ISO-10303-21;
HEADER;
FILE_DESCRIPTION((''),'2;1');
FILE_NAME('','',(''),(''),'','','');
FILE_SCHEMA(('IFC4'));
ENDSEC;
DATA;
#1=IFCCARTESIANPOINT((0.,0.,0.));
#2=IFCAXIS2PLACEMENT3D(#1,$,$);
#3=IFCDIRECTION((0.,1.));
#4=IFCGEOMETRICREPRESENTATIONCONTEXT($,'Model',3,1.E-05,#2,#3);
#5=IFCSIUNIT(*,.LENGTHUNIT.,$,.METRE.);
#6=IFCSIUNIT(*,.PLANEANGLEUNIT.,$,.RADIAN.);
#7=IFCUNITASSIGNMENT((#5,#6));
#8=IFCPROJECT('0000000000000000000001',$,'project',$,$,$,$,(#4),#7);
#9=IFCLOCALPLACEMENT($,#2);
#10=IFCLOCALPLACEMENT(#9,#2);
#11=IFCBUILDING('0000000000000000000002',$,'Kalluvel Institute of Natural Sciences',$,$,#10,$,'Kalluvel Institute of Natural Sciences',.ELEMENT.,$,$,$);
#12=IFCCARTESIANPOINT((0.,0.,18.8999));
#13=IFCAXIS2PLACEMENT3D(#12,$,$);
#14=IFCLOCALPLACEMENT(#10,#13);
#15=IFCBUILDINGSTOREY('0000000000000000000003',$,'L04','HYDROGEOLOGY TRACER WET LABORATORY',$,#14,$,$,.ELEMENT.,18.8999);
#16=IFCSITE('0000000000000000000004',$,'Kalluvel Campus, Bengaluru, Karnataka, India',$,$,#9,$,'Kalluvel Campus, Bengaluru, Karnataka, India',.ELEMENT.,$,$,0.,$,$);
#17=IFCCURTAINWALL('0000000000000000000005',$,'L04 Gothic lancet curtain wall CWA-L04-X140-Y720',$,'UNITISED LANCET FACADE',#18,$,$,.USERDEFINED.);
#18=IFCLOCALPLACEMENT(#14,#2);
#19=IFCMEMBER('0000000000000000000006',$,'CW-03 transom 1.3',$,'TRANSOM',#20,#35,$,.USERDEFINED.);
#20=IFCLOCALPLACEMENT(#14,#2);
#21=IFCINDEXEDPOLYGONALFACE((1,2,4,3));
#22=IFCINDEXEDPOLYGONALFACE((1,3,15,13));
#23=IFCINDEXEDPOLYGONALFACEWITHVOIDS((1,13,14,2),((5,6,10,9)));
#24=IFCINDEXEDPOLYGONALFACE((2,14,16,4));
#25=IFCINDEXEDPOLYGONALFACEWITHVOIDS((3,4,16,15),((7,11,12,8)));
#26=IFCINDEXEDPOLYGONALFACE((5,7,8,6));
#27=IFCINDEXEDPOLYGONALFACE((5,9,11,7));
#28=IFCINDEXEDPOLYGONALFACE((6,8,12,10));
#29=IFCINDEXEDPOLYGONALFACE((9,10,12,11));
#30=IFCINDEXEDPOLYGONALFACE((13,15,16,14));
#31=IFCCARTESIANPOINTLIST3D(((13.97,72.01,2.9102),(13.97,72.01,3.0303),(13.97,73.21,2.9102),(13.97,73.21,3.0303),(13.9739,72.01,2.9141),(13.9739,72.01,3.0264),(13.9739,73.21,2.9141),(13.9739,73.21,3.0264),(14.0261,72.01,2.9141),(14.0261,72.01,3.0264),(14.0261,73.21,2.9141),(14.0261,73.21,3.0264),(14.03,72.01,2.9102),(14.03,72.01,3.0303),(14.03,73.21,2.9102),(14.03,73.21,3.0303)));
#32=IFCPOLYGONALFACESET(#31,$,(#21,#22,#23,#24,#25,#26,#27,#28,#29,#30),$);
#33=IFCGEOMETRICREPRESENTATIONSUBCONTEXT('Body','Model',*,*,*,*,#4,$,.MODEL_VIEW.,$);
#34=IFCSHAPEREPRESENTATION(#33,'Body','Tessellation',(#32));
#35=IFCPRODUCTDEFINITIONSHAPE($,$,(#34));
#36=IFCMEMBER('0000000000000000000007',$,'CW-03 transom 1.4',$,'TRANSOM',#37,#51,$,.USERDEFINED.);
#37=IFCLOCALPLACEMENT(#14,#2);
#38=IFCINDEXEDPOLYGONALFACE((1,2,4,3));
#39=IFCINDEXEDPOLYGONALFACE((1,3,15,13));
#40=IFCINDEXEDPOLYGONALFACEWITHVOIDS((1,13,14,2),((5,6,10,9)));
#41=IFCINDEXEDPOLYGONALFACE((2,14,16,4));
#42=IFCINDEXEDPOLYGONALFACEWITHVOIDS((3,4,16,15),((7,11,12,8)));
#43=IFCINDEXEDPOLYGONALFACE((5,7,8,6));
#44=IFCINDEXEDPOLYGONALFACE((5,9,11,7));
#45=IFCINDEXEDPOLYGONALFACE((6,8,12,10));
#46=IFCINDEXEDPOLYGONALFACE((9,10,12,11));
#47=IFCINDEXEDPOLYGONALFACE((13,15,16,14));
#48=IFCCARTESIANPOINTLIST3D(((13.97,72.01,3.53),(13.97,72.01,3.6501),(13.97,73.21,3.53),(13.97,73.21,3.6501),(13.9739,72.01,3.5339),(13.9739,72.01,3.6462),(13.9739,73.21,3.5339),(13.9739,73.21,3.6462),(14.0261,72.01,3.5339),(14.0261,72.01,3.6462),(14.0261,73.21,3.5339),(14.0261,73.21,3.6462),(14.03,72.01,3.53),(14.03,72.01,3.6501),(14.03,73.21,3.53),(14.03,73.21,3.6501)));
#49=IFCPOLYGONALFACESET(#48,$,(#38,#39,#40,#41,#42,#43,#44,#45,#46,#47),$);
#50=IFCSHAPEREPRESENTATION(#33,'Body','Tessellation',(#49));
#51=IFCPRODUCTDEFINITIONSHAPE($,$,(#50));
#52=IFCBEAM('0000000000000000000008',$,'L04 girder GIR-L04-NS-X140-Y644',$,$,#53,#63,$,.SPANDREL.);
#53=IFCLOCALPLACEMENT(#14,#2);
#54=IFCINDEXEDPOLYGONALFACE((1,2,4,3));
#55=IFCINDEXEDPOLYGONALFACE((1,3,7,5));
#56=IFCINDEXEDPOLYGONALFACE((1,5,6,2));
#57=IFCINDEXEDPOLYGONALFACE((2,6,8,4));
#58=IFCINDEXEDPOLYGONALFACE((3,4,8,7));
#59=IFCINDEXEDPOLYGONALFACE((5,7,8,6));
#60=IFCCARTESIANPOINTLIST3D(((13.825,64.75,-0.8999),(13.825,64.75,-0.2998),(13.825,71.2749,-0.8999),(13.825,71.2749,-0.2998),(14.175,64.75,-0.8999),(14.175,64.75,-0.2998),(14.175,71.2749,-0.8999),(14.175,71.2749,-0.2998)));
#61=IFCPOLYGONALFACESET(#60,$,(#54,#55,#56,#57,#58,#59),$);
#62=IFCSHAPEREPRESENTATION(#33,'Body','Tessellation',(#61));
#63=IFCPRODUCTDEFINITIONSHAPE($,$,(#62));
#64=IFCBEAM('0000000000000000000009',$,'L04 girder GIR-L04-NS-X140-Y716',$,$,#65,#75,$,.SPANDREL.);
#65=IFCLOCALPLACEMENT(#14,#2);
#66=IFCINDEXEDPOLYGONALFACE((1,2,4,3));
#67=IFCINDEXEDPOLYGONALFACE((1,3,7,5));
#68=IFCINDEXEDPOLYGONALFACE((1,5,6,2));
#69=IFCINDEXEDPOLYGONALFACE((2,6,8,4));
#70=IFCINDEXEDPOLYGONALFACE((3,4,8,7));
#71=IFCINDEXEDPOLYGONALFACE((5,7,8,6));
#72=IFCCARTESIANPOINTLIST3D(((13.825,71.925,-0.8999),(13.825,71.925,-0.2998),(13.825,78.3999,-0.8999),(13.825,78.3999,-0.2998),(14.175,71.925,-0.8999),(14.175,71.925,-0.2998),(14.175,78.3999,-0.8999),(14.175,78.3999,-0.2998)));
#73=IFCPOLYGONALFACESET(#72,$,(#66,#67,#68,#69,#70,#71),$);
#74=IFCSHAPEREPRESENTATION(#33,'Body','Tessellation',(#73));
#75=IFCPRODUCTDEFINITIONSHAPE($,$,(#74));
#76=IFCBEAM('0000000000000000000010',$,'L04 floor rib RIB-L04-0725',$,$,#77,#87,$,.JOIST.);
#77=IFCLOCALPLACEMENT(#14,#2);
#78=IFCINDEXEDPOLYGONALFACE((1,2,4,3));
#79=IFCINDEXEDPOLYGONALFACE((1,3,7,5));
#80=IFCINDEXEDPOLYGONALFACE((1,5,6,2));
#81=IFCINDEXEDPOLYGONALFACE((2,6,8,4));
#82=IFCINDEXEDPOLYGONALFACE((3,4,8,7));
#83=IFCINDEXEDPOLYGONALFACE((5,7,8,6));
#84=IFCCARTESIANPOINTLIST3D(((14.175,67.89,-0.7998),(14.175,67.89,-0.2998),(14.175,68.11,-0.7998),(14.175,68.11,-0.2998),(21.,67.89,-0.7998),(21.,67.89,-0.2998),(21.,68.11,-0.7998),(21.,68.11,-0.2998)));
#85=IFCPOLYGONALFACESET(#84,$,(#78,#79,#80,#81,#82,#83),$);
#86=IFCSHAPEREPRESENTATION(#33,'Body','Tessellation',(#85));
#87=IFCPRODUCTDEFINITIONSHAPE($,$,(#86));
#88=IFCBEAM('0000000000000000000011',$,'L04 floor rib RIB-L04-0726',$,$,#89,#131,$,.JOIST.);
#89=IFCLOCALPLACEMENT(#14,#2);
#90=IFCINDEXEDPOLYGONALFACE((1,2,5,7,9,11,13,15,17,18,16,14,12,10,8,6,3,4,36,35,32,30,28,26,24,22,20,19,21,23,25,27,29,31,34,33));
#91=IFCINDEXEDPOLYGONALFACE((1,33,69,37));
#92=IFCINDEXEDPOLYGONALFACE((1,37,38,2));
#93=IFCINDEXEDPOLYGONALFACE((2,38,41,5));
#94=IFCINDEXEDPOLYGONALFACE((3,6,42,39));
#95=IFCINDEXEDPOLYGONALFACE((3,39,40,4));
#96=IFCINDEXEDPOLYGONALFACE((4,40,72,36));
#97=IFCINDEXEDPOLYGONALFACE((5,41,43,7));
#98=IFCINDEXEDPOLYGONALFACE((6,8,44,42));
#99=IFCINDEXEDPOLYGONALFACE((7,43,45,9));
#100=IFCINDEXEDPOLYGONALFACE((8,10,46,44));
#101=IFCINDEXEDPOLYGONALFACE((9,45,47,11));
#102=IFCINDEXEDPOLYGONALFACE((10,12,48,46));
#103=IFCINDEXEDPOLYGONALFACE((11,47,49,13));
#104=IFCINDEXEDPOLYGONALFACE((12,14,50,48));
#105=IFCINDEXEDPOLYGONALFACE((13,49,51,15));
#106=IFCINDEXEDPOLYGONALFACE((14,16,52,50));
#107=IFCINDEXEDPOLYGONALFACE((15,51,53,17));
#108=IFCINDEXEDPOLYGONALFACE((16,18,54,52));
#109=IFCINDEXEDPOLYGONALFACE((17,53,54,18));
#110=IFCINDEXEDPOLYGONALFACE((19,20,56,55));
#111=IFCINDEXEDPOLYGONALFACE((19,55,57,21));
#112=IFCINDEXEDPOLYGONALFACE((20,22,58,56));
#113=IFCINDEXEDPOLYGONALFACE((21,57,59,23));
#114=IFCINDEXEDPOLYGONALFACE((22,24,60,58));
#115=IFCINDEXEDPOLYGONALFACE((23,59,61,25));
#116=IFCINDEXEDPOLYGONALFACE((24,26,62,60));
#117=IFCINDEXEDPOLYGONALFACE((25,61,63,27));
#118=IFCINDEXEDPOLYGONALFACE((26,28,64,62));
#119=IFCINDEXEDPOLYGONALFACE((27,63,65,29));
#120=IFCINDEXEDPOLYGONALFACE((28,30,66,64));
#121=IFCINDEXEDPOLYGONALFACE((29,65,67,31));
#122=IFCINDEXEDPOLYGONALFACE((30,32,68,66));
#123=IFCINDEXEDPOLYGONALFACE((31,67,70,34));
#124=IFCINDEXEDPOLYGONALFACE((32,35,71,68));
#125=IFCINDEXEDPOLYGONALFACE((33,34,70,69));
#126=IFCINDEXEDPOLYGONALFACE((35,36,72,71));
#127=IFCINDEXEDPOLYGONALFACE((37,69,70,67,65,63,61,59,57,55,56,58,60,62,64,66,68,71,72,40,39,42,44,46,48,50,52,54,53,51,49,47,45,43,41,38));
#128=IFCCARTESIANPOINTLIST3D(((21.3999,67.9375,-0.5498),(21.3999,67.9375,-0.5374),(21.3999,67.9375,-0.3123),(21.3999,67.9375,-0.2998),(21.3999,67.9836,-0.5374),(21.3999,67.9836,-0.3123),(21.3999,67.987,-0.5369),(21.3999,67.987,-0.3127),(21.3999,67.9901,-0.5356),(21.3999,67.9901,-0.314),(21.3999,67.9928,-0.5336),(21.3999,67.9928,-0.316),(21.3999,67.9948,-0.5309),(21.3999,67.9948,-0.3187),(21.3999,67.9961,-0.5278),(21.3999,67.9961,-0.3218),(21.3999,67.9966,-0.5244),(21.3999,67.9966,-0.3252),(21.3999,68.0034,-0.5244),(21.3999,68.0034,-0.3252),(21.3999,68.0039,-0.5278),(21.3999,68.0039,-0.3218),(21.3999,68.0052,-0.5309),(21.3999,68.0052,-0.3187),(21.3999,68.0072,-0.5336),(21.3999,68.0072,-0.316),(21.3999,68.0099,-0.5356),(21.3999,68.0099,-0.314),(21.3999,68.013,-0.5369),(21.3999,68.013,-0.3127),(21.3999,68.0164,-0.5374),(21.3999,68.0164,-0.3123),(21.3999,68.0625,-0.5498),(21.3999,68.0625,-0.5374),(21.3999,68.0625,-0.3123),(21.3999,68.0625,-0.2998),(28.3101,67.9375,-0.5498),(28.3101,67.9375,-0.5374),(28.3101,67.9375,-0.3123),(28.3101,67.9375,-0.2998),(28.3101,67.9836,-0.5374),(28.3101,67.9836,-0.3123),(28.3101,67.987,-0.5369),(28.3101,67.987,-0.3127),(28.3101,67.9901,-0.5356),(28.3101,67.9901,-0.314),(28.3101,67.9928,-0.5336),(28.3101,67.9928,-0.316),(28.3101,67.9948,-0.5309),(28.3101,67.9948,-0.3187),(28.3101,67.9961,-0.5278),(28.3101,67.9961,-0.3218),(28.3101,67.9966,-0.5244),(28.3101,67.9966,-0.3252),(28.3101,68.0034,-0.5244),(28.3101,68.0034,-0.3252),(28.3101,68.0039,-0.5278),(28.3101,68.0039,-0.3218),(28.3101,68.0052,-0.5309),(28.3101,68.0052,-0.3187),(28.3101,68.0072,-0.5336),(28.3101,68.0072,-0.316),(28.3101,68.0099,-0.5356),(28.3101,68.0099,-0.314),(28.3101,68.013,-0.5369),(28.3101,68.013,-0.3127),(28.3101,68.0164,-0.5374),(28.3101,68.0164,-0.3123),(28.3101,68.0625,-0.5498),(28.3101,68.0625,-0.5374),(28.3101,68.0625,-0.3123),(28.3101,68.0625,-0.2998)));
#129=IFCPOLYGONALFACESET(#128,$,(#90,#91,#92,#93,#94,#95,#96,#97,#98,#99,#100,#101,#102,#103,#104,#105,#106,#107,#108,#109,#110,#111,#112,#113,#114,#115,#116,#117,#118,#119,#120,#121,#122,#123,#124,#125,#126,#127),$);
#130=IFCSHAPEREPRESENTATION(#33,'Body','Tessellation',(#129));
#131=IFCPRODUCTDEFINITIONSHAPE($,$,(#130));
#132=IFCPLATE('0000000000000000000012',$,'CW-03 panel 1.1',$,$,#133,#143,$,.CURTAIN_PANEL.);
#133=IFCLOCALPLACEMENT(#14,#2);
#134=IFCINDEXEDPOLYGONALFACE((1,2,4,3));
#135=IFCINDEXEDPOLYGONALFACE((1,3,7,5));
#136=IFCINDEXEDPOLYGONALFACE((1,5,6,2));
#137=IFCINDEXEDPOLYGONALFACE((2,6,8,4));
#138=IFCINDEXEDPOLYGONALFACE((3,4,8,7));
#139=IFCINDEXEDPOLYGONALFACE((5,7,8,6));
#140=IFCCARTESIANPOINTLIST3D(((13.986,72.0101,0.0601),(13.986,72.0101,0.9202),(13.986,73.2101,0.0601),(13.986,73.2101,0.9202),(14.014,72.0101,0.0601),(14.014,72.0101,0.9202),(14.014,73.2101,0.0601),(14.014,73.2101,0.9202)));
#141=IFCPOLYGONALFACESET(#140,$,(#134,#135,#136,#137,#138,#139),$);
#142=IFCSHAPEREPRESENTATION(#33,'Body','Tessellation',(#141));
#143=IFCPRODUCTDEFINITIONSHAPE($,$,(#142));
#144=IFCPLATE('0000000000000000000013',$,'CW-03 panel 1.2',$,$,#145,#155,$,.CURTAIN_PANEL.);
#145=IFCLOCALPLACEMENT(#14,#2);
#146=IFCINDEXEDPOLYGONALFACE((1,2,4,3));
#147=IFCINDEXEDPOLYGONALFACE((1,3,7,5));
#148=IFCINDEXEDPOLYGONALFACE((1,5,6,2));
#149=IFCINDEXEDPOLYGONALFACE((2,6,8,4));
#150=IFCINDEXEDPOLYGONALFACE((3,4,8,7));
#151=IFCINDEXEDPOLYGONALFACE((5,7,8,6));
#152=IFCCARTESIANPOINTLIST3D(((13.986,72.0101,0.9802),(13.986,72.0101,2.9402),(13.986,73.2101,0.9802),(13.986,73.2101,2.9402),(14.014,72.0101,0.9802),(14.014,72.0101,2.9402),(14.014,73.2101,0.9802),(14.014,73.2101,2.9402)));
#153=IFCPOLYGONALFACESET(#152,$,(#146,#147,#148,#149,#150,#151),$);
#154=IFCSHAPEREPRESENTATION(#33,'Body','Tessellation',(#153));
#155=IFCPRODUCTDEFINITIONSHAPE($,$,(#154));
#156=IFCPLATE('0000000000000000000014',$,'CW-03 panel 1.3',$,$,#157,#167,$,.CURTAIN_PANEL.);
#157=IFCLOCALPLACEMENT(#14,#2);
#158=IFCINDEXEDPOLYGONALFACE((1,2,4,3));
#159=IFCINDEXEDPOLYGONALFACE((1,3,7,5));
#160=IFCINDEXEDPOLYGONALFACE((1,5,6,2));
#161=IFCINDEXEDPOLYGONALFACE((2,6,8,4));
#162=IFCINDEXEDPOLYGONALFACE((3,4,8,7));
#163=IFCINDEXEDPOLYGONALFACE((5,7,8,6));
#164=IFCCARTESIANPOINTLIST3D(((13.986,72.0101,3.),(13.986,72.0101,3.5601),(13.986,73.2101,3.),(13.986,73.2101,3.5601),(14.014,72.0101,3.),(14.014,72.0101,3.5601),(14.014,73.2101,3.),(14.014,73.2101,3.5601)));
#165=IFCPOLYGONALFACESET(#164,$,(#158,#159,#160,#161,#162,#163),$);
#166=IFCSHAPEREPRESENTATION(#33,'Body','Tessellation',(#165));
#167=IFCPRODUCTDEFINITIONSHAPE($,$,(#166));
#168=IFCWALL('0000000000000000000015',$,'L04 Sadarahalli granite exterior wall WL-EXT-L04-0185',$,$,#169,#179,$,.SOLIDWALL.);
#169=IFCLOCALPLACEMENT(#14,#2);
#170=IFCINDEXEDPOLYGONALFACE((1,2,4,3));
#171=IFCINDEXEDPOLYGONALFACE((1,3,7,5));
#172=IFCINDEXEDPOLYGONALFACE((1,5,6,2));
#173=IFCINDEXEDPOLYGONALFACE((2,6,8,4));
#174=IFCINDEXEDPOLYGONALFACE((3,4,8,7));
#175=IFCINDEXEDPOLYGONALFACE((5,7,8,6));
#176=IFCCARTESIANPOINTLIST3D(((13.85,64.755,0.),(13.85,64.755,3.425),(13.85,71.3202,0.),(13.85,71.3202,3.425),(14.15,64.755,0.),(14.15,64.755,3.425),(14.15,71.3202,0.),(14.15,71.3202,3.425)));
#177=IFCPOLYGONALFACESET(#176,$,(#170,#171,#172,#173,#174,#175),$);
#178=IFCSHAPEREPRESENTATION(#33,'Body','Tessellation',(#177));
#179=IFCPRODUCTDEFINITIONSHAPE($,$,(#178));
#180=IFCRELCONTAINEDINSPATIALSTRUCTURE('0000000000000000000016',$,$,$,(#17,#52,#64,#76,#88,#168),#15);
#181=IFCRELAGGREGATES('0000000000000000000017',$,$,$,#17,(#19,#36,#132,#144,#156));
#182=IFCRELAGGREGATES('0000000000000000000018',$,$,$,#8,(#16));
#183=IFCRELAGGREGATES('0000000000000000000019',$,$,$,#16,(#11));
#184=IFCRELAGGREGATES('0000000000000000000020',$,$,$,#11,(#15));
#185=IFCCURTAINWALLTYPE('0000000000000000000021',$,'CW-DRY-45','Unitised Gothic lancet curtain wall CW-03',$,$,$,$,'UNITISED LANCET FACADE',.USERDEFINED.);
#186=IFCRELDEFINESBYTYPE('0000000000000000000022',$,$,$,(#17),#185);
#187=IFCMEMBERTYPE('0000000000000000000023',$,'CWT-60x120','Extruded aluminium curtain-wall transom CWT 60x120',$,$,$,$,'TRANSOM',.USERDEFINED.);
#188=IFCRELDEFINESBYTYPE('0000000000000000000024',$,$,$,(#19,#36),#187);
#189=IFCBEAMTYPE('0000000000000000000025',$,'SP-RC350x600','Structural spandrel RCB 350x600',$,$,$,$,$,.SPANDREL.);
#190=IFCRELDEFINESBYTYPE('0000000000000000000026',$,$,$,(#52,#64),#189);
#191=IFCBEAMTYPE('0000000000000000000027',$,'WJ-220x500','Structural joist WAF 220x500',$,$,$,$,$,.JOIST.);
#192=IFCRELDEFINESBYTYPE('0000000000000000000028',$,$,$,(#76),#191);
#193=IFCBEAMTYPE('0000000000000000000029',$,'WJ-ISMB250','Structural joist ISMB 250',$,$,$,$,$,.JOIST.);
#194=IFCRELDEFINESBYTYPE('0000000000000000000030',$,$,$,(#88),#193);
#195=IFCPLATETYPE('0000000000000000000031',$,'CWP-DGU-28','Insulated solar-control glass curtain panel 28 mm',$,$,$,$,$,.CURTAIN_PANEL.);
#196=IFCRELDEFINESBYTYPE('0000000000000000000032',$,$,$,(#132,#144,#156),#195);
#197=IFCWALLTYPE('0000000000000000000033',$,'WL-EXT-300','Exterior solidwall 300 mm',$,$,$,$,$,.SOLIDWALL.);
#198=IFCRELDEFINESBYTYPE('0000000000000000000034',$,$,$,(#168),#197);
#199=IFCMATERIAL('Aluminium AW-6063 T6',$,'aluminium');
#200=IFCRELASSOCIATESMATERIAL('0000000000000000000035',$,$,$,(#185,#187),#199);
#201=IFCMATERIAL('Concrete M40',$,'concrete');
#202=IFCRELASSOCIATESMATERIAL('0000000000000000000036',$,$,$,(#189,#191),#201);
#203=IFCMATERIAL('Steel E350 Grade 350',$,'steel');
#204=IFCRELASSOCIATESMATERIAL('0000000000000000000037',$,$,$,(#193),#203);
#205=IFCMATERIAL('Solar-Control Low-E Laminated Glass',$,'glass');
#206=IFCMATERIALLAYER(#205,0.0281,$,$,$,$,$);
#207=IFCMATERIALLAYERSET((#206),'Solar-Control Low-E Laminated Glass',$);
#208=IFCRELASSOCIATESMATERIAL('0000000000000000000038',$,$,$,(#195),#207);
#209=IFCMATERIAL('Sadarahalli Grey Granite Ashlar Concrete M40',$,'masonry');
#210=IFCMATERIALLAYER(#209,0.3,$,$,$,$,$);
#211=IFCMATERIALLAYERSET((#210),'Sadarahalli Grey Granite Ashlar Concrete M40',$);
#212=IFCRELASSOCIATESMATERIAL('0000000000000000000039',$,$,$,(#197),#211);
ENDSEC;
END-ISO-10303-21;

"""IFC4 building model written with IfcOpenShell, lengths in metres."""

from ifc_helpers import new_model, si_unit, direction, frame, frame_2d, origin, origin_2d, place, context, subcontext, project, spatial, rectangle, hollow_rectangle, i_section, extrude, material, layer, layer_set, material_profile, profile_set, type_object, element, aggregate, save


model = new_model("IFC4")

# Units and contexts
model_context = context("Model", 3, precision=1e-05, world=origin(), true_north=direction((0.0, 1.0)))
body_context = subcontext(model_context, "Body", "Model", "MODEL_VIEW")
ifc_project = project(units=[si_unit("LENGTHUNIT", "METRE"), si_unit("PLANEANGLEUNIT", "RADIAN")], contexts=[model_context])

# Site, building, storey
site_placement = place(None, origin())
site = spatial("IfcSite", under=ifc_project, at=site_placement, Name="Kalluvel Campus, Bengaluru, Karnataka, India", LongName="Kalluvel Campus, Bengaluru, Karnataka, India", CompositionType="ELEMENT", RefElevation=0.0)
building_placement = place(site_placement, origin())
building = spatial("IfcBuilding", under=site, at=building_placement, Name="Kalluvel Institute of Natural Sciences", LongName="Kalluvel Institute of Natural Sciences", CompositionType="ELEMENT")
storey_placement = place(building_placement, frame((0.0, 0.0, 18.8999)))
storey = spatial("IfcBuildingStorey", under=building, at=storey_placement, Name="L04", Description="HYDROGEOLOGY TRACER WET LABORATORY", CompositionType="ELEMENT", Elevation=18.8999)

# Shared definitions
ifc_material_1 = material(Name="Concrete M40", Category="concrete")

# Shared definitions
ifc_material_2 = material(Name="Steel E350 Grade 350", Category="steel")

# Curtain wall, members
ifc_material_3 = material(Name="Aluminium AW-6063 T6", Category="aluminium")
curtain_wall_type = type_object("IfcCurtainWallType", Name="CW-DRY-45", Description="Unitised Gothic lancet curtain wall CW-03", ElementType="UNITISED LANCET FACADE", PredefinedType="USERDEFINED", material=ifc_material_3)
curtain_wall_placement = place(storey_placement, origin())
curtain_wall = element("IfcCurtainWall", 1, at=curtain_wall_placement, inside=storey, type_object=curtain_wall_type, Name="L04 Gothic lancet curtain wall CWA-L04-X140-Y720", ObjectType="UNITISED LANCET FACADE", PredefinedType="USERDEFINED")
ifc_material_profile_1 = material_profile(ifc_material_3, hollow_rectangle(XDim=0.0601, YDim=0.1201, WallThickness=0.0039, at=origin_2d()), Name="CWT 60x120")
ifc_profile_set_1 = profile_set([ifc_material_profile_1], Name="Aluminium AW-6063 T6")
member_type_1 = type_object("IfcMemberType", Name="CWT-60x120", Description="Extruded aluminium curtain-wall transom CWT 60x120", ElementType="TRANSOM", PredefinedType="USERDEFINED", material=ifc_profile_set_1)
member_1_placement = place(storey_placement, frame((14.0, 72.01, 2.9702), z_axis=(0.0, 1.0, 0.0), x_axis=(-1.0, 0.0, 0.0)))
member_1 = element("IfcMember", 2, at=member_1_placement, type_object=member_type_1, Name="CW-03 transom 1.3", ObjectType="TRANSOM", PredefinedType="USERDEFINED", context=body_context, shape_type="SweptSolid", body=[
    extrude(hollow_rectangle(XDim=0.0601, YDim=0.1201, WallThickness=0.0039, at=origin_2d()), origin(), (0.0, 0.0, 1.0), 1.2),
])
member_2_placement = place(storey_placement, frame((14.0, 72.01, 3.5901), z_axis=(0.0, 1.0, 0.0), x_axis=(-1.0, 0.0, 0.0)))
member_2 = element("IfcMember", 3, at=member_2_placement, type_object=member_type_1, Name="CW-03 transom 1.4", ObjectType="TRANSOM", PredefinedType="USERDEFINED", context=body_context, shape_type="SweptSolid", body=[
    extrude(hollow_rectangle(XDim=0.0601, YDim=0.1201, WallThickness=0.0039, at=origin_2d()), origin(), (0.0, 0.0, 1.0), 1.2),
])

# Beams
ifc_material_profile_2 = material_profile(ifc_material_1, rectangle(XDim=0.3501, YDim=0.6001, at=origin_2d()), Name="RCB 350x600")
ifc_profile_set_2 = profile_set([ifc_material_profile_2], Name="Concrete M40")
beam_type_1 = type_object("IfcBeamType", Name="SP-RC350x600", Description="Structural spandrel RCB 350x600", PredefinedType="SPANDREL", material=ifc_profile_set_2)
beam_1_placement = place(storey_placement, frame((14.0, 64.75, -0.5999), z_axis=(0.0, 1.0, 0.0), x_axis=(-1.0, 0.0, 0.0)))
element("IfcBeam", 4, at=beam_1_placement, inside=storey, type_object=beam_type_1, Name="L04 girder GIR-L04-NS-X140-Y644", PredefinedType="SPANDREL", context=body_context, shape_type="SweptSolid", body=[
    extrude(rectangle(XDim=0.3501, YDim=0.6001, at=origin_2d()), origin(), (0.0, 0.0, 1.0), 6.5249),
])
beam_2_placement = place(storey_placement, frame((14.0, 71.925, -0.5999), z_axis=(0.0, 1.0, 0.0), x_axis=(-1.0, 0.0, 0.0)))
element("IfcBeam", 5, at=beam_2_placement, inside=storey, type_object=beam_type_1, Name="L04 girder GIR-L04-NS-X140-Y716", PredefinedType="SPANDREL", context=body_context, shape_type="SweptSolid", body=[
    extrude(rectangle(XDim=0.3501, YDim=0.6001, at=origin_2d()), origin(), (0.0, 0.0, 1.0), 6.4749),
])
ifc_material_profile_3 = material_profile(ifc_material_1, rectangle(XDim=0.22, YDim=0.5, at=origin_2d()), Name="WAF 220x500")
ifc_profile_set_3 = profile_set([ifc_material_profile_3], Name="Concrete M40")
beam_type_2 = type_object("IfcBeamType", Name="WJ-220x500", Description="Structural joist WAF 220x500", PredefinedType="JOIST", material=ifc_profile_set_3)
beam_3_placement = place(storey_placement, frame((14.175, 68.0, -0.5498), z_axis=(1.0, 0.0, 0.0), x_axis=(0.0, 1.0, 0.0)))
element("IfcBeam", 6, at=beam_3_placement, inside=storey, type_object=beam_type_2, Name="L04 floor rib RIB-L04-0725", PredefinedType="JOIST", context=body_context, shape_type="SweptSolid", body=[
    extrude(rectangle(XDim=0.22, YDim=0.5, at=origin_2d()), origin(), (0.0, 0.0, 1.0), 6.825),
])
ifc_material_profile_4 = material_profile(ifc_material_2, i_section(OverallWidth=0.125, OverallDepth=0.25, WebThickness=0.0068, FlangeThickness=0.0125, FilletRadius=0.0129, at=origin_2d()), Name="ISMB 250")
ifc_profile_set_4 = profile_set([ifc_material_profile_4], Name="Steel E350 Grade 350")
beam_type_3 = type_object("IfcBeamType", Name="WJ-ISMB250", Description="Structural joist ISMB 250", PredefinedType="JOIST", material=ifc_profile_set_4)
beam_4_placement = place(storey_placement, frame((21.3999, 68.0, -0.4248), z_axis=(1.0, 0.0, 0.0), x_axis=(0.0, 1.0, 0.0)))
element("IfcBeam", 7, at=beam_4_placement, inside=storey, type_object=beam_type_3, Name="L04 floor rib RIB-L04-0726", PredefinedType="JOIST", context=body_context, shape_type="SweptSolid", body=[
    extrude(i_section(OverallWidth=0.125, OverallDepth=0.25, WebThickness=0.0068, FlangeThickness=0.0125, FilletRadius=0.0129, at=origin_2d()), origin(), (0.0, 0.0, 1.0), 6.9102),
])

# Plates
ifc_material_4 = material(Name="Solar-Control Low-E Laminated Glass", Category="glass")
ifc_layer_1 = layer(ifc_material_4, 0.0281)
ifc_layer_set_1 = layer_set([ifc_layer_1], Name="Solar-Control Low-E Laminated Glass")
plate_type = type_object("IfcPlateType", Name="CWP-DGU-28", Description="Insulated solar-control glass curtain panel 28 mm", PredefinedType="CURTAIN_PANEL", material=ifc_layer_set_1)
plate_1_placement = place(storey_placement, frame((14.0, 72.6101, 0.0601), z_axis=(0.0, 0.0, 1.0), x_axis=(0.0, 1.0, 0.0)))
plate_1 = element("IfcPlate", 8, at=plate_1_placement, type_object=plate_type, Name="CW-03 panel 1.1", PredefinedType="CURTAIN_PANEL", context=body_context, shape_type="SweptSolid", body=[
    extrude(rectangle(XDim=1.2, YDim=0.0281, at=origin_2d()), origin(), (0.0, 0.0, 1.0), 0.8601),
])
plate_2_placement = place(storey_placement, frame((14.0, 72.6101, 0.9802), z_axis=(0.0, 0.0, 1.0), x_axis=(0.0, 1.0, 0.0)))
plate_2 = element("IfcPlate", 9, at=plate_2_placement, type_object=plate_type, Name="CW-03 panel 1.2", PredefinedType="CURTAIN_PANEL", context=body_context, shape_type="SweptSolid", body=[
    extrude(rectangle(XDim=1.2, YDim=0.0281, at=origin_2d()), origin(), (0.0, 0.0, 1.0), 1.96),
])
plate_3_placement = place(storey_placement, frame((14.0, 72.6101, 3.0), z_axis=(0.0, 0.0, 1.0), x_axis=(0.0, 1.0, 0.0)))
plate_3 = element("IfcPlate", 10, at=plate_3_placement, type_object=plate_type, Name="CW-03 panel 1.3", PredefinedType="CURTAIN_PANEL", context=body_context, shape_type="SweptSolid", body=[
    extrude(rectangle(XDim=1.2, YDim=0.0281, at=origin_2d()), origin(), (0.0, 0.0, 1.0), 0.5601),
])
aggregate(curtain_wall, [member_1, member_2, plate_1, plate_2, plate_3])

# Wall
ifc_material_5 = material(Name="Sadarahalli Grey Granite Ashlar Concrete M40", Category="masonry")
ifc_layer_2 = layer(ifc_material_5, 0.3)
ifc_layer_set_2 = layer_set([ifc_layer_2], Name="Sadarahalli Grey Granite Ashlar Concrete M40")
wall_type = type_object("IfcWallType", Name="WL-EXT-300", Description="Exterior solidwall 300 mm", PredefinedType="SOLIDWALL", material=ifc_layer_set_2)
wall_placement = place(storey_placement, frame((14.0, 64.7549, 0.0), z_axis=(0.0, 0.0, 1.0), x_axis=(0.0, 1.0, 0.0)))
element("IfcWall", 11, at=wall_placement, inside=storey, type_object=wall_type, Name="L04 Sadarahalli granite exterior wall WL-EXT-L04-0185", PredefinedType="SOLIDWALL", context=body_context, shape_type="SweptSolid", body=[
    extrude(rectangle(XDim=6.5652, YDim=0.3, at=frame_2d((3.2827, 0.0))), origin(), (0.0, 0.0, 1.0), 3.425),
])

save(model, "model.ifc")
